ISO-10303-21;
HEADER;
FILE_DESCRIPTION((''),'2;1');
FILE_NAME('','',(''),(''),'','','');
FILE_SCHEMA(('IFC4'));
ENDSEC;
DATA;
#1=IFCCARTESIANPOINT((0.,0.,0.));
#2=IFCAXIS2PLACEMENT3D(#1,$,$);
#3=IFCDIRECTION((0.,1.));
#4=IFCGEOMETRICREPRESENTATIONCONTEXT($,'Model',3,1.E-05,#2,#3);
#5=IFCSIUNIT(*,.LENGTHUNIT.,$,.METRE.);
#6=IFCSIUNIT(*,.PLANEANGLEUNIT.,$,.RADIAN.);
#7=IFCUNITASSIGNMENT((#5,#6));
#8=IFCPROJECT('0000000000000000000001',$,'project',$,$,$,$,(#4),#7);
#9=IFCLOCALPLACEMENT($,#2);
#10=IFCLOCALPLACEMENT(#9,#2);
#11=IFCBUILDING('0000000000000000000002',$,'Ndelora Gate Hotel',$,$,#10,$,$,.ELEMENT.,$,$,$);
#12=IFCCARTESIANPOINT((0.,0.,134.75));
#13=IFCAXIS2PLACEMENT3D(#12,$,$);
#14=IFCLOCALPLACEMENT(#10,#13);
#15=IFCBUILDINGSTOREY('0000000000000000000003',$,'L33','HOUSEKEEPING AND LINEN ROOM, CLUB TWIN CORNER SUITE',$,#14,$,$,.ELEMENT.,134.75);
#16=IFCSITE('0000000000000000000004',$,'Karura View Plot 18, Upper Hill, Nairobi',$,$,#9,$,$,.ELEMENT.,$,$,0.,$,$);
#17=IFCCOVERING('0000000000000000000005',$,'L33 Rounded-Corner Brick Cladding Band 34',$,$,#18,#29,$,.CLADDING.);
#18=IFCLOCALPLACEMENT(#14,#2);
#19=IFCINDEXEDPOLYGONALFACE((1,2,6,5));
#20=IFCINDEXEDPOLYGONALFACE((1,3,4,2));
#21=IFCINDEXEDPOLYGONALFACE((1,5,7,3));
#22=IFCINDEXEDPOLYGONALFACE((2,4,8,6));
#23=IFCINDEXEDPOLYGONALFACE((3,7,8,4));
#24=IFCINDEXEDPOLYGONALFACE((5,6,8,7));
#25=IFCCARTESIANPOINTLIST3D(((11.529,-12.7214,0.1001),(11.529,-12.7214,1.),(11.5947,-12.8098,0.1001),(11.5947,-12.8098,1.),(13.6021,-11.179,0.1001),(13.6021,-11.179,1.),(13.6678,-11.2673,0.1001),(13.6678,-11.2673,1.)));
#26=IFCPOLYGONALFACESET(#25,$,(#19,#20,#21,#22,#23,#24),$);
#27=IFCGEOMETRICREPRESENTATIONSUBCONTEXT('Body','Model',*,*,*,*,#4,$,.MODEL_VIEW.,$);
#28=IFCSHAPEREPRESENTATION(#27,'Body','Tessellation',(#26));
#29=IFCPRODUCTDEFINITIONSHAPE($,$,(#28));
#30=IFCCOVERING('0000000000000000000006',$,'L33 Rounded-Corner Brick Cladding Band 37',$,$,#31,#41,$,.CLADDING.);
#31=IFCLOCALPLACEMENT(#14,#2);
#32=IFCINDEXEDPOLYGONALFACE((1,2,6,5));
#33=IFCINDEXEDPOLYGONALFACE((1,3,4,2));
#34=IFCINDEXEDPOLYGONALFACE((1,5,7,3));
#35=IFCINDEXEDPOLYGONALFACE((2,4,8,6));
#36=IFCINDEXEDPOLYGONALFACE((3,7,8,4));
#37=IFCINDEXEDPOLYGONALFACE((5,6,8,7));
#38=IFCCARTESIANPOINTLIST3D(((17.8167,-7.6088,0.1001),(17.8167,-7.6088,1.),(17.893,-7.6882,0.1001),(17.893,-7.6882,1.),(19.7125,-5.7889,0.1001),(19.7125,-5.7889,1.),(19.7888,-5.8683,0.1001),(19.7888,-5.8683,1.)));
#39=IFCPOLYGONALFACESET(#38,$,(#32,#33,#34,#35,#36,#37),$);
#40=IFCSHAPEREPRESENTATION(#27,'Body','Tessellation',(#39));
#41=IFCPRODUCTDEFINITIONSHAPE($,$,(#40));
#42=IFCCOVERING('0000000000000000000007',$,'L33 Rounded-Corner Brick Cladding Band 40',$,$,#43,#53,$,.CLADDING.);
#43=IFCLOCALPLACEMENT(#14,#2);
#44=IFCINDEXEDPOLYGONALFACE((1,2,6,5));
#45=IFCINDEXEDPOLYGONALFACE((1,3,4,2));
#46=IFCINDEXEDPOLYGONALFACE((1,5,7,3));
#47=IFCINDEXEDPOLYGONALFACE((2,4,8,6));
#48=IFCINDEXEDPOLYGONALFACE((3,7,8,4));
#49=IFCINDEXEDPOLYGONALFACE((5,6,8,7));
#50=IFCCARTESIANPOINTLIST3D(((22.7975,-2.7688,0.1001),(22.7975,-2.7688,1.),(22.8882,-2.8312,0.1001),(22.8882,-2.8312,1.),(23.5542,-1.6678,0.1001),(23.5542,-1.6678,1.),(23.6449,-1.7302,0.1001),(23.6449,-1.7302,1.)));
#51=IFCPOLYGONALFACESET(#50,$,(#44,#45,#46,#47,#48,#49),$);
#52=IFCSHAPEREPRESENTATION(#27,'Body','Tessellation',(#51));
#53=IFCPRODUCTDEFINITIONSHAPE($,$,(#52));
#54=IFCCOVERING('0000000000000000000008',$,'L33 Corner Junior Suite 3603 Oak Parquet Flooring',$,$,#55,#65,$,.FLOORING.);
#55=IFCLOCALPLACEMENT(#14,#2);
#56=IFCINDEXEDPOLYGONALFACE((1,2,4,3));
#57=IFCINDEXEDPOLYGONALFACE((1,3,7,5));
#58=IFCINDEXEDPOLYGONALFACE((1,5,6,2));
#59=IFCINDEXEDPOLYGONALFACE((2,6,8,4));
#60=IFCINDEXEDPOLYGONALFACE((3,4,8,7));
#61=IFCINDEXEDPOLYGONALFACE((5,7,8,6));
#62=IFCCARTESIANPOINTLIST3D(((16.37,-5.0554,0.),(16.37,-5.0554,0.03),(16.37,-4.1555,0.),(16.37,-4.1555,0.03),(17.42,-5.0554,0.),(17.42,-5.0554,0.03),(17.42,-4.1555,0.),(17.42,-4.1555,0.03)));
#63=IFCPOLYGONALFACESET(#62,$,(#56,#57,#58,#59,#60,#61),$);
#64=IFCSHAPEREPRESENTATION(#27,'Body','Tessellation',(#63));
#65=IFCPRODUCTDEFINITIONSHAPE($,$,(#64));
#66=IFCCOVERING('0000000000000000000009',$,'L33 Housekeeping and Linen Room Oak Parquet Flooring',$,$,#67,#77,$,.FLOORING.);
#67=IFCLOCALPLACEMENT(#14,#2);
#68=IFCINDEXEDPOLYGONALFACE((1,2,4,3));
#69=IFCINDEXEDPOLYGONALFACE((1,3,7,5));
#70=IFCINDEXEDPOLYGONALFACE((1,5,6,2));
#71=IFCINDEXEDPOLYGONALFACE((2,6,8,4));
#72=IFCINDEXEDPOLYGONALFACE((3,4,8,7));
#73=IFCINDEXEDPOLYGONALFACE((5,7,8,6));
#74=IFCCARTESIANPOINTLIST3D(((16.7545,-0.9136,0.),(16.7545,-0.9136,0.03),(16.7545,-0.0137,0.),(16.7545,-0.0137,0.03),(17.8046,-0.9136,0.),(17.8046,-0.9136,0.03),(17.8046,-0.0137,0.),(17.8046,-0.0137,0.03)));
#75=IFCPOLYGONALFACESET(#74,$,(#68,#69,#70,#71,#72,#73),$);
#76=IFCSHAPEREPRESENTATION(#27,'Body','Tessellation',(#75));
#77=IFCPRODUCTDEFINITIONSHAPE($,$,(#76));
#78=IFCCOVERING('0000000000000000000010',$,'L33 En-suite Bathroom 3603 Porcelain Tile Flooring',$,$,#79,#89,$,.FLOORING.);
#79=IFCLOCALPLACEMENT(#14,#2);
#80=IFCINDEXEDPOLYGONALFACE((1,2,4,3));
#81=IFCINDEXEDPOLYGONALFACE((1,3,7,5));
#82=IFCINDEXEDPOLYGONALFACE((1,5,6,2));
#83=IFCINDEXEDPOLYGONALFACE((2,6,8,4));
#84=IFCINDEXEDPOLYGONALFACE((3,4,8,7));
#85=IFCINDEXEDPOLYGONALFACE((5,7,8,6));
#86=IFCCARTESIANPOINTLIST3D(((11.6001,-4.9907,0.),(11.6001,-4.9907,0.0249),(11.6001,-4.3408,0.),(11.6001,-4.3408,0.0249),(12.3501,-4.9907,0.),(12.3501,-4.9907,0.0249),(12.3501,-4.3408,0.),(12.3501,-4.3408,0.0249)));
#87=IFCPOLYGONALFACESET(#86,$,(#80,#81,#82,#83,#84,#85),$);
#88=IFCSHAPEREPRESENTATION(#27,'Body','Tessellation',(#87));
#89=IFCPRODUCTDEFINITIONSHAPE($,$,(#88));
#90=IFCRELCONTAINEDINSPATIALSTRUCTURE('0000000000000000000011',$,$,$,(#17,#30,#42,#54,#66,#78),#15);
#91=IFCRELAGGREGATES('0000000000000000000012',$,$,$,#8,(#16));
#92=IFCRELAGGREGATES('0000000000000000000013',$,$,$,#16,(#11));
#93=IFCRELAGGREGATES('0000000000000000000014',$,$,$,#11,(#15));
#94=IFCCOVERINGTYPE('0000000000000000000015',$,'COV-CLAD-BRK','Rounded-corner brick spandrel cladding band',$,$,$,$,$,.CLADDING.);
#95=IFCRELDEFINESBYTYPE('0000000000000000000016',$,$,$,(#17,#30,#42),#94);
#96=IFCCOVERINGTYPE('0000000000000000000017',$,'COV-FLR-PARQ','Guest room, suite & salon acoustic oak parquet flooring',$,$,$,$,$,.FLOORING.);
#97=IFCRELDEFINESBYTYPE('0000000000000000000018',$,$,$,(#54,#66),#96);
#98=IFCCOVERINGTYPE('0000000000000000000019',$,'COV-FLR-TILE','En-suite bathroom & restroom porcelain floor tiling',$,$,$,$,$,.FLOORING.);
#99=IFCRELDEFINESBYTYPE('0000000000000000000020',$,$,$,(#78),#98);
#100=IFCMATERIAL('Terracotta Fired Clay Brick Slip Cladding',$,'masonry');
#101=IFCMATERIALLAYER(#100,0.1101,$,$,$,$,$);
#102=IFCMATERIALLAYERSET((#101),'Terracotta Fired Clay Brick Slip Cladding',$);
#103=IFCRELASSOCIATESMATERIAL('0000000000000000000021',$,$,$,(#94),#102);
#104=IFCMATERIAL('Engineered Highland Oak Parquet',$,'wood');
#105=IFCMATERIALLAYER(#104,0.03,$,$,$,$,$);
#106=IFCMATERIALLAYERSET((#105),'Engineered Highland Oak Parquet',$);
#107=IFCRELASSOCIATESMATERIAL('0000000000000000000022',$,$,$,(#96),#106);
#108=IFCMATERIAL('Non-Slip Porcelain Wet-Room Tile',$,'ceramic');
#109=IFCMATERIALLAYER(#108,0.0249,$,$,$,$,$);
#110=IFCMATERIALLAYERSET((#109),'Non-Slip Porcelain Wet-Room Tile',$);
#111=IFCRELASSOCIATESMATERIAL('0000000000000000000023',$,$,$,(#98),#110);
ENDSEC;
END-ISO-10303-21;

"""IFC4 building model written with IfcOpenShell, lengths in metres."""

from ifc_helpers import new_model, si_unit, direction, frame, origin, origin_2d, place, context, subcontext, project, spatial, rectangle, extrude, material, layer, layer_set, type_object, element, save


model = new_model("IFC4")

# Units and contexts
model_context = context("Model", 3, precision=1e-05, world=origin(), true_north=direction((0.0, 1.0)))
body_context = subcontext(model_context, "Body", "Model", "MODEL_VIEW")
ifc_project = project(units=[si_unit("LENGTHUNIT", "METRE"), si_unit("PLANEANGLEUNIT", "RADIAN")], contexts=[model_context])

# Site, building, storey
site_placement = place(None, origin())
site = spatial("IfcSite", under=ifc_project, at=site_placement, Name="Karura View Plot 18, Upper Hill, Nairobi", CompositionType="ELEMENT", RefElevation=0.0)
building_placement = place(site_placement, origin())
building = spatial("IfcBuilding", under=site, at=building_placement, Name="Ndelora Gate Hotel", CompositionType="ELEMENT")
storey_placement = place(building_placement, frame((0.0, 0.0, 134.75)))
storey = spatial("IfcBuildingStorey", under=building, at=storey_placement, Name="L33", Description="HOUSEKEEPING AND LINEN ROOM, CLUB TWIN CORNER SUITE", CompositionType="ELEMENT", Elevation=134.75)

# Coverings
ifc_material_1 = material(Name="Terracotta Fired Clay Brick Slip Cladding", Category="masonry")
ifc_layer_1 = layer(ifc_material_1, 0.1101)
ifc_layer_set_1 = layer_set([ifc_layer_1], Name="Terracotta Fired Clay Brick Slip Cladding")
covering_type_1 = type_object("IfcCoveringType", Name="COV-CLAD-BRK", Description="Rounded-corner brick spandrel cladding band", PredefinedType="CLADDING", material=ifc_layer_set_1)
covering_1_placement = place(storey_placement, frame((12.5984, -11.9944, 0.1001), z_axis=(0.0, 0.0, 1.0), x_axis=(0.802297, 0.596925, 0.0)))
element("IfcCovering", 1, at=covering_1_placement, inside=storey, type_object=covering_type_1, Name="L33 Rounded-Corner Brick Cladding Band 34", PredefinedType="CLADDING", context=body_context, shape_type="SweptSolid", body=[
    extrude(rectangle(XDim=2.584, YDim=0.1101, at=origin_2d()), origin(), (0.0, 0.0, 1.0), 0.8999),
])
covering_2_placement = place(storey_placement, frame((18.8027, -6.7385, 0.1001), z_axis=(0.0, 0.0, 1.0), x_axis=(0.721398, 0.692521, 0.0)))
element("IfcCovering", 2, at=covering_2_placement, inside=storey, type_object=covering_type_1, Name="L33 Rounded-Corner Brick Cladding Band 37", PredefinedType="CLADDING", context=body_context, shape_type="SweptSolid", body=[
    extrude(rectangle(XDim=2.6279, YDim=0.1101, at=origin_2d()), origin(), (0.0, 0.0, 1.0), 0.8999),
])
covering_3_placement = place(storey_placement, frame((23.2212, -2.2495, 0.1001), z_axis=(0.0, 0.0, 1.0), x_axis=(0.566406, 0.824126, 0.0)))
element("IfcCovering", 3, at=covering_3_placement, inside=storey, type_object=covering_type_1, Name="L33 Rounded-Corner Brick Cladding Band 40", PredefinedType="CLADDING", context=body_context, shape_type="SweptSolid", body=[
    extrude(rectangle(XDim=1.3359, YDim=0.1101, at=origin_2d()), origin(), (0.0, 0.0, 1.0), 0.8999),
])
ifc_material_2 = material(Name="Engineered Highland Oak Parquet", Category="wood")
ifc_layer_2 = layer(ifc_material_2, 0.03)
ifc_layer_set_2 = layer_set([ifc_layer_2], Name="Engineered Highland Oak Parquet")
covering_type_2 = type_object("IfcCoveringType", Name="COV-FLR-PARQ", Description="Guest room, suite & salon acoustic oak parquet flooring", PredefinedType="FLOORING", material=ifc_layer_set_2)
for number, where, z_axis, x_axis, name in (
    (4, (16.895, -4.6055, 0.0), (0.0, 0.0, 1.0), (1.0, 0.0, 0.0), "L33 Corner Junior Suite 3603 Oak Parquet Flooring"),
    (5, (17.2795, -0.4636, 0.0), (0.0, 0.0, 1.0), (1.0, 0.0, 0.0), "L33 Housekeeping and Linen Room Oak Parquet Flooring"),
):
    element("IfcCovering", number, at=place(storey_placement, frame(where, z_axis=z_axis, x_axis=x_axis)), inside=storey, type_object=covering_type_2, Name=name, PredefinedType="FLOORING", context=body_context, shape_type="SweptSolid", body=[
        extrude(rectangle(XDim=1.05, YDim=0.8999, at=origin_2d()), origin(), (0.0, 0.0, 1.0), 0.03),
    ])
ifc_material_3 = material(Name="Non-Slip Porcelain Wet-Room Tile", Category="ceramic")
ifc_layer_3 = layer(ifc_material_3, 0.0249)
ifc_layer_set_3 = layer_set([ifc_layer_3], Name="Non-Slip Porcelain Wet-Room Tile")
covering_type_3 = type_object("IfcCoveringType", Name="COV-FLR-TILE", Description="En-suite bathroom & restroom porcelain floor tiling", PredefinedType="FLOORING", material=ifc_layer_set_3)
covering_4_placement = place(storey_placement, frame((11.9751, -4.6658, 0.0), z_axis=(0.0, 0.0, 1.0), x_axis=(1.0, 0.0, 0.0)))
element("IfcCovering", 6, at=covering_4_placement, inside=storey, type_object=covering_type_3, Name="L33 En-suite Bathroom 3603 Porcelain Tile Flooring", PredefinedType="FLOORING", context=body_context, shape_type="SweptSolid", body=[
    extrude(rectangle(XDim=0.75, YDim=0.6499, at=origin_2d()), origin(), (0.0, 0.0, 1.0), 0.0249),
])

save(model, "model.ifc")
